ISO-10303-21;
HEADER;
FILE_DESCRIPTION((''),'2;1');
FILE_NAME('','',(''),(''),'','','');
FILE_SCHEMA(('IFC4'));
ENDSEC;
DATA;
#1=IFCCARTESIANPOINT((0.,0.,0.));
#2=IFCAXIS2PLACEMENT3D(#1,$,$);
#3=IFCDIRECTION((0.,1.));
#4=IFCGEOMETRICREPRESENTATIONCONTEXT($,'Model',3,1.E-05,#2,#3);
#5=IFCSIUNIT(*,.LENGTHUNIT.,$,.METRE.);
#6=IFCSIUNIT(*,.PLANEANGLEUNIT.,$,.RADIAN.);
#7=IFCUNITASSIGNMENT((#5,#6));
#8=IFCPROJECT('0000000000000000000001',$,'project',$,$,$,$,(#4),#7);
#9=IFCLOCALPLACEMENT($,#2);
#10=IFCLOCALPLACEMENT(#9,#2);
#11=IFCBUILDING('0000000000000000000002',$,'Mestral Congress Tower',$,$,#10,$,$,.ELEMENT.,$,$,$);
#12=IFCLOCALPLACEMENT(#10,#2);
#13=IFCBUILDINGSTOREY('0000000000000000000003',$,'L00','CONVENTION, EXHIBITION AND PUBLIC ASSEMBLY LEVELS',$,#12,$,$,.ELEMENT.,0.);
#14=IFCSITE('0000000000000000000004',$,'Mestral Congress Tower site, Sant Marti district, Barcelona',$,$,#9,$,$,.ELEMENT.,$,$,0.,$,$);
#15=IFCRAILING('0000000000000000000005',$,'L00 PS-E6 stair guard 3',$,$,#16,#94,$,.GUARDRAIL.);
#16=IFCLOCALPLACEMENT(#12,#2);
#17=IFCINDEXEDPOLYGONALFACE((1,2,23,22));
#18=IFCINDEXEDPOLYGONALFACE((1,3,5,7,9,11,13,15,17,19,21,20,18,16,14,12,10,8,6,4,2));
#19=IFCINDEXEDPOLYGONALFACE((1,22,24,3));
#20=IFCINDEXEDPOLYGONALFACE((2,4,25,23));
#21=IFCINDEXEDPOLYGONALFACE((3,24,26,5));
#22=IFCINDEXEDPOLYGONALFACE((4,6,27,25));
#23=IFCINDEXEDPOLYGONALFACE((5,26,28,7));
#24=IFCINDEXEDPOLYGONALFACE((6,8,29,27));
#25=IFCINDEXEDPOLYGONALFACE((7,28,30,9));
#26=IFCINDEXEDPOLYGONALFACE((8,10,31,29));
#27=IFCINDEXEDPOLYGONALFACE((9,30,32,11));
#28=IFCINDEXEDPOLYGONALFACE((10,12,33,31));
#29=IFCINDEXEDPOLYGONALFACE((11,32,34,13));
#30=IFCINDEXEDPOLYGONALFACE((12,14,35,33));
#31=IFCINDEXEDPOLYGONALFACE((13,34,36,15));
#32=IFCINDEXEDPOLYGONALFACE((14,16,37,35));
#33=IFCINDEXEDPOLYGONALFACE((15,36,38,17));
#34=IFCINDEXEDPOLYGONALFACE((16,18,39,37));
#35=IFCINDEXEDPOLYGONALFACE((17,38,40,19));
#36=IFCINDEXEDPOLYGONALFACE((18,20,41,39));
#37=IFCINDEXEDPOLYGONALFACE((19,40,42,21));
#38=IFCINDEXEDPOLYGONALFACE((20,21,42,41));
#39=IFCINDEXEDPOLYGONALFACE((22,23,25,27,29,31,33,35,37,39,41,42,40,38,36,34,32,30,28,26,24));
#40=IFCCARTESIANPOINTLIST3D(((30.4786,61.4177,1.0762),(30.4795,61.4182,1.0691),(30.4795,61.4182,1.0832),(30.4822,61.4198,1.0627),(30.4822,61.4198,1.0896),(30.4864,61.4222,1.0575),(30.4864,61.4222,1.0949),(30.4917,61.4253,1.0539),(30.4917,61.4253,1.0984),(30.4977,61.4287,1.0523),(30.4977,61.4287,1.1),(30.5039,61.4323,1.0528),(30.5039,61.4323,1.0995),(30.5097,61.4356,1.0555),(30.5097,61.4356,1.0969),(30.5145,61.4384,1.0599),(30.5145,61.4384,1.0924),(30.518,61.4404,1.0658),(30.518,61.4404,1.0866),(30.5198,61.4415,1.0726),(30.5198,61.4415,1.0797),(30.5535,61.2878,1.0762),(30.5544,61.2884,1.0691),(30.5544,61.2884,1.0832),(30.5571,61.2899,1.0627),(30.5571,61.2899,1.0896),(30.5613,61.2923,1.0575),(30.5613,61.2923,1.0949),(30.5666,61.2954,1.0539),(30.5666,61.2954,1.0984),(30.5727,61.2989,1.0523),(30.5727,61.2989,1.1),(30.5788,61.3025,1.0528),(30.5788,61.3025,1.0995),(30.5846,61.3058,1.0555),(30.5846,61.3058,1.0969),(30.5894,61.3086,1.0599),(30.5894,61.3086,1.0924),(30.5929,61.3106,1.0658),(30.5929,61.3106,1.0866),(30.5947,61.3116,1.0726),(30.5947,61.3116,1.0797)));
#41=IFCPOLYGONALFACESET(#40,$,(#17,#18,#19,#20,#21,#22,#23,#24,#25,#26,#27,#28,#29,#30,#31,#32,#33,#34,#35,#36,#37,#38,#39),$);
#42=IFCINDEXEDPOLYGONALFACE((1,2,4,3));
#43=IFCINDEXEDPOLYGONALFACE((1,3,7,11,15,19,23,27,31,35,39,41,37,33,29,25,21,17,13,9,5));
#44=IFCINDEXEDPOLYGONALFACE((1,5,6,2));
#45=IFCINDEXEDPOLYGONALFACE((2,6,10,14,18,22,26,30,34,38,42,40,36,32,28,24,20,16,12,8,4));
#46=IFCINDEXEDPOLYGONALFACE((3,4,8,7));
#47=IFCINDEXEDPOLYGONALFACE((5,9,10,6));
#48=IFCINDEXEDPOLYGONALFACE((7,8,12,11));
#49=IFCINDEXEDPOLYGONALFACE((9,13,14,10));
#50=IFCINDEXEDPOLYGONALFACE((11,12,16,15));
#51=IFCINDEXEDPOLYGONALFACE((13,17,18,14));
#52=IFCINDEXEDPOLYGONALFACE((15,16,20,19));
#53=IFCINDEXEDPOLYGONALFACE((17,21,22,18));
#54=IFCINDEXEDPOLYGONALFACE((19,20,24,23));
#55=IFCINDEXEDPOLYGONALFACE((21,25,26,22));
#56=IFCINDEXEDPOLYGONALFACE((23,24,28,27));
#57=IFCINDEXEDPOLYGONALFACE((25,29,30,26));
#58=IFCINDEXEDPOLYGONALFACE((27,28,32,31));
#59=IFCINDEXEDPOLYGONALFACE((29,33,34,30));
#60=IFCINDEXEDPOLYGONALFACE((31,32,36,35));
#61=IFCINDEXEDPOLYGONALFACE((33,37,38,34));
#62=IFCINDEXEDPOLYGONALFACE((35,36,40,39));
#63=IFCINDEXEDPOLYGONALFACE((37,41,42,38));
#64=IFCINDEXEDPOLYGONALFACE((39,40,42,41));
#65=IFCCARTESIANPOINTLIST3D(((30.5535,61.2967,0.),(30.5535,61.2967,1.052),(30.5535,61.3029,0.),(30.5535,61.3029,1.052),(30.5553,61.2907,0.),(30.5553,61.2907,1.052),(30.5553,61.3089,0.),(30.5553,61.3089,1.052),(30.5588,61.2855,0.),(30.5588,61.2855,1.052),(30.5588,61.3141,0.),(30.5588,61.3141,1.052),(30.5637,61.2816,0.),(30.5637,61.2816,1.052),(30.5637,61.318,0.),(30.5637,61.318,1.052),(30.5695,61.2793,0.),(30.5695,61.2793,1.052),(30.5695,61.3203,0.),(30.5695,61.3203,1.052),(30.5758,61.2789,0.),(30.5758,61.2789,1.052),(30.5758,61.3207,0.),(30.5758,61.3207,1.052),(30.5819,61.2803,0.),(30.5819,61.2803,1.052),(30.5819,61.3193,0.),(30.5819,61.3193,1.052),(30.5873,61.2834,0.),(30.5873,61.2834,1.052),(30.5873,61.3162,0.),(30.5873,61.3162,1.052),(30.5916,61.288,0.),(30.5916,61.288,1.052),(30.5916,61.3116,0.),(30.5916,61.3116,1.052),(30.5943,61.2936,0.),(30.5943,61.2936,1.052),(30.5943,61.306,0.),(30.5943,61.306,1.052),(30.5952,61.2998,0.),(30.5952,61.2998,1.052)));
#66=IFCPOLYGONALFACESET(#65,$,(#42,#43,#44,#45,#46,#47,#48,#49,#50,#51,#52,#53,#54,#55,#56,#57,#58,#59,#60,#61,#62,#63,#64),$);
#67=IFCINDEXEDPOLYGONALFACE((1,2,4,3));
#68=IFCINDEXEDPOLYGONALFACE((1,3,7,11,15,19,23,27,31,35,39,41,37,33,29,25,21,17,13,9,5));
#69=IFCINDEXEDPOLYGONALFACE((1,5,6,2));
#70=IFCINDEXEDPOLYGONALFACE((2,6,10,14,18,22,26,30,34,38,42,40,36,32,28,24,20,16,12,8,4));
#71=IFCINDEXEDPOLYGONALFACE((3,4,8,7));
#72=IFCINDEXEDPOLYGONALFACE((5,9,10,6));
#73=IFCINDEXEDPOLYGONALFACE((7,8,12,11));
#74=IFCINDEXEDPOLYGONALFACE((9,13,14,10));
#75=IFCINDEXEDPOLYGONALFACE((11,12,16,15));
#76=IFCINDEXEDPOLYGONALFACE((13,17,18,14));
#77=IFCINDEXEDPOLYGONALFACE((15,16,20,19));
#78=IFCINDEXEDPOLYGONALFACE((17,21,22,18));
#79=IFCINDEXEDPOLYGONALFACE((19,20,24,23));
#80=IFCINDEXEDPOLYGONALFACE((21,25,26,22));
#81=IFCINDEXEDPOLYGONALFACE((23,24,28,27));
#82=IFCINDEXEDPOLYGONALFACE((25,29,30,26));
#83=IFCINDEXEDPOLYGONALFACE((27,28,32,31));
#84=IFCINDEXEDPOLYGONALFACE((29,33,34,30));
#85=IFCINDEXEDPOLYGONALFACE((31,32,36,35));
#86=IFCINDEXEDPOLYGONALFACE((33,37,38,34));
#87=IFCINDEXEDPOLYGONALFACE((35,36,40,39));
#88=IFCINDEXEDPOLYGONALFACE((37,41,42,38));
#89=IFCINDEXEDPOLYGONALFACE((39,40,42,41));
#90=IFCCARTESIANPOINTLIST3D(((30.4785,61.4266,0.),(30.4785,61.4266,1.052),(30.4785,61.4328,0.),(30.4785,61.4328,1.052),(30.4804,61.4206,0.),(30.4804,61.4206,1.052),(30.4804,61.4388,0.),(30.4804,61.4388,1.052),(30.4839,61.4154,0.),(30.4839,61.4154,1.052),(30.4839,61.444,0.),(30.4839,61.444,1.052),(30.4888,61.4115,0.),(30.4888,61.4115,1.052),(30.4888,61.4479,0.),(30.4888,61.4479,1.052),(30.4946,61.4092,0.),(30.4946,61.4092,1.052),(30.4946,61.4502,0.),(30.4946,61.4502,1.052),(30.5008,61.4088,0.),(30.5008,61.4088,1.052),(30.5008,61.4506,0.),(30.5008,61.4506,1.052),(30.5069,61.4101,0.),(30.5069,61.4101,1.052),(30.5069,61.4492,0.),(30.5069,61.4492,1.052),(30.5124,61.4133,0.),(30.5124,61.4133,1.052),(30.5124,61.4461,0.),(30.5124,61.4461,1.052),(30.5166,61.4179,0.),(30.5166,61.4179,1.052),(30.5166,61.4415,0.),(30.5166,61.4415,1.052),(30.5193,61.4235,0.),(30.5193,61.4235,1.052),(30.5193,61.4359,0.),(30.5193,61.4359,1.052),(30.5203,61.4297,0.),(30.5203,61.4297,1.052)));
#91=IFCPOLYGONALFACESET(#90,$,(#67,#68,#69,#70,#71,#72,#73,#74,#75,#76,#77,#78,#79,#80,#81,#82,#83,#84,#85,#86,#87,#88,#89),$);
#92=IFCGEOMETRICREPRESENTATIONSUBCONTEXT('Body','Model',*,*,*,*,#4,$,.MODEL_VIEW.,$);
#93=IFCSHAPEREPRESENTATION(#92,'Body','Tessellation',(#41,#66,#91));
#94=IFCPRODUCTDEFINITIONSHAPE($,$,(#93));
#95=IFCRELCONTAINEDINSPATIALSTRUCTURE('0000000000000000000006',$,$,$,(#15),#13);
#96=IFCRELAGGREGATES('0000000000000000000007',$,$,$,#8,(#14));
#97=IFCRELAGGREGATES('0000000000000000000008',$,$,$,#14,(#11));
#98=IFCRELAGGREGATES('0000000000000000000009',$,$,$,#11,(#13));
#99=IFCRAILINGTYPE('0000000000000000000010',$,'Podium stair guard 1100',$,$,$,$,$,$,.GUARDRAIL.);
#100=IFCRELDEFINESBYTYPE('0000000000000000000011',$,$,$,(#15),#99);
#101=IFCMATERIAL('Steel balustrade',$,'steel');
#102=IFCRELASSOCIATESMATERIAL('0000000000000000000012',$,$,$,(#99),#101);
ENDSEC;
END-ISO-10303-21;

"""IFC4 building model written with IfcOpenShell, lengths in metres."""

from ifc_helpers import new_model, si_unit, direction, frame, origin, origin_2d, place, context, subcontext, project, spatial, circle, extrude, material, type_object, element, save


model = new_model("IFC4")

# Units and contexts
model_context = context("Model", 3, precision=1e-05, world=origin(), true_north=direction((0.0, 1.0)))
body_context = subcontext(model_context, "Body", "Model", "MODEL_VIEW")
ifc_project = project(units=[si_unit("LENGTHUNIT", "METRE"), si_unit("PLANEANGLEUNIT", "RADIAN")], contexts=[model_context])

# Site, building, storey
site_placement = place(None, origin())
site = spatial("IfcSite", under=ifc_project, at=site_placement, Name="Mestral Congress Tower site, Sant Marti district, Barcelona", CompositionType="ELEMENT", RefElevation=0.0)
building_placement = place(site_placement, origin())
building = spatial("IfcBuilding", under=site, at=building_placement, Name="Mestral Congress Tower", CompositionType="ELEMENT")
storey_placement = place(building_placement, origin())
storey = spatial("IfcBuildingStorey", under=building, at=storey_placement, Name="L00", Description="CONVENTION, EXHIBITION AND PUBLIC ASSEMBLY LEVELS", CompositionType="ELEMENT", Elevation=0.0)

# Railing
ifc_material_1 = material(Name="Steel balustrade", Category="steel")
railing_type_1 = type_object("IfcRailingType", Name="Podium stair guard 1100", PredefinedType="GUARDRAIL", material=ifc_material_1)
railing_1_placement = place(storey_placement, frame((30.5742, 61.2998, 0.0)))
element("IfcRailing", 1, at=railing_1_placement, inside=storey, type_object=railing_type_1, Name="L00 PS-E6 stair guard 3", PredefinedType="GUARDRAIL", context=body_context, shape_type="SweptSolid", body=[
    extrude(circle(Radius=0.0239, at=origin_2d()), frame((0.0, 0.0, 1.0762), z_axis=(-0.499816, 0.866131, 0.0), x_axis=(-0.866131, -0.499816, 0.0)), (0.0, 0.0, 1.0), 0.1499),
    extrude(circle(Radius=0.021, at=origin_2d()), origin(), (0.0, 0.0, 1.0), 1.052),
    extrude(circle(Radius=0.021, at=origin_2d()), frame((-0.075, 0.1299, 0.0)), (0.0, 0.0, 1.0), 1.052),
])

save(model, "model.ifc")
